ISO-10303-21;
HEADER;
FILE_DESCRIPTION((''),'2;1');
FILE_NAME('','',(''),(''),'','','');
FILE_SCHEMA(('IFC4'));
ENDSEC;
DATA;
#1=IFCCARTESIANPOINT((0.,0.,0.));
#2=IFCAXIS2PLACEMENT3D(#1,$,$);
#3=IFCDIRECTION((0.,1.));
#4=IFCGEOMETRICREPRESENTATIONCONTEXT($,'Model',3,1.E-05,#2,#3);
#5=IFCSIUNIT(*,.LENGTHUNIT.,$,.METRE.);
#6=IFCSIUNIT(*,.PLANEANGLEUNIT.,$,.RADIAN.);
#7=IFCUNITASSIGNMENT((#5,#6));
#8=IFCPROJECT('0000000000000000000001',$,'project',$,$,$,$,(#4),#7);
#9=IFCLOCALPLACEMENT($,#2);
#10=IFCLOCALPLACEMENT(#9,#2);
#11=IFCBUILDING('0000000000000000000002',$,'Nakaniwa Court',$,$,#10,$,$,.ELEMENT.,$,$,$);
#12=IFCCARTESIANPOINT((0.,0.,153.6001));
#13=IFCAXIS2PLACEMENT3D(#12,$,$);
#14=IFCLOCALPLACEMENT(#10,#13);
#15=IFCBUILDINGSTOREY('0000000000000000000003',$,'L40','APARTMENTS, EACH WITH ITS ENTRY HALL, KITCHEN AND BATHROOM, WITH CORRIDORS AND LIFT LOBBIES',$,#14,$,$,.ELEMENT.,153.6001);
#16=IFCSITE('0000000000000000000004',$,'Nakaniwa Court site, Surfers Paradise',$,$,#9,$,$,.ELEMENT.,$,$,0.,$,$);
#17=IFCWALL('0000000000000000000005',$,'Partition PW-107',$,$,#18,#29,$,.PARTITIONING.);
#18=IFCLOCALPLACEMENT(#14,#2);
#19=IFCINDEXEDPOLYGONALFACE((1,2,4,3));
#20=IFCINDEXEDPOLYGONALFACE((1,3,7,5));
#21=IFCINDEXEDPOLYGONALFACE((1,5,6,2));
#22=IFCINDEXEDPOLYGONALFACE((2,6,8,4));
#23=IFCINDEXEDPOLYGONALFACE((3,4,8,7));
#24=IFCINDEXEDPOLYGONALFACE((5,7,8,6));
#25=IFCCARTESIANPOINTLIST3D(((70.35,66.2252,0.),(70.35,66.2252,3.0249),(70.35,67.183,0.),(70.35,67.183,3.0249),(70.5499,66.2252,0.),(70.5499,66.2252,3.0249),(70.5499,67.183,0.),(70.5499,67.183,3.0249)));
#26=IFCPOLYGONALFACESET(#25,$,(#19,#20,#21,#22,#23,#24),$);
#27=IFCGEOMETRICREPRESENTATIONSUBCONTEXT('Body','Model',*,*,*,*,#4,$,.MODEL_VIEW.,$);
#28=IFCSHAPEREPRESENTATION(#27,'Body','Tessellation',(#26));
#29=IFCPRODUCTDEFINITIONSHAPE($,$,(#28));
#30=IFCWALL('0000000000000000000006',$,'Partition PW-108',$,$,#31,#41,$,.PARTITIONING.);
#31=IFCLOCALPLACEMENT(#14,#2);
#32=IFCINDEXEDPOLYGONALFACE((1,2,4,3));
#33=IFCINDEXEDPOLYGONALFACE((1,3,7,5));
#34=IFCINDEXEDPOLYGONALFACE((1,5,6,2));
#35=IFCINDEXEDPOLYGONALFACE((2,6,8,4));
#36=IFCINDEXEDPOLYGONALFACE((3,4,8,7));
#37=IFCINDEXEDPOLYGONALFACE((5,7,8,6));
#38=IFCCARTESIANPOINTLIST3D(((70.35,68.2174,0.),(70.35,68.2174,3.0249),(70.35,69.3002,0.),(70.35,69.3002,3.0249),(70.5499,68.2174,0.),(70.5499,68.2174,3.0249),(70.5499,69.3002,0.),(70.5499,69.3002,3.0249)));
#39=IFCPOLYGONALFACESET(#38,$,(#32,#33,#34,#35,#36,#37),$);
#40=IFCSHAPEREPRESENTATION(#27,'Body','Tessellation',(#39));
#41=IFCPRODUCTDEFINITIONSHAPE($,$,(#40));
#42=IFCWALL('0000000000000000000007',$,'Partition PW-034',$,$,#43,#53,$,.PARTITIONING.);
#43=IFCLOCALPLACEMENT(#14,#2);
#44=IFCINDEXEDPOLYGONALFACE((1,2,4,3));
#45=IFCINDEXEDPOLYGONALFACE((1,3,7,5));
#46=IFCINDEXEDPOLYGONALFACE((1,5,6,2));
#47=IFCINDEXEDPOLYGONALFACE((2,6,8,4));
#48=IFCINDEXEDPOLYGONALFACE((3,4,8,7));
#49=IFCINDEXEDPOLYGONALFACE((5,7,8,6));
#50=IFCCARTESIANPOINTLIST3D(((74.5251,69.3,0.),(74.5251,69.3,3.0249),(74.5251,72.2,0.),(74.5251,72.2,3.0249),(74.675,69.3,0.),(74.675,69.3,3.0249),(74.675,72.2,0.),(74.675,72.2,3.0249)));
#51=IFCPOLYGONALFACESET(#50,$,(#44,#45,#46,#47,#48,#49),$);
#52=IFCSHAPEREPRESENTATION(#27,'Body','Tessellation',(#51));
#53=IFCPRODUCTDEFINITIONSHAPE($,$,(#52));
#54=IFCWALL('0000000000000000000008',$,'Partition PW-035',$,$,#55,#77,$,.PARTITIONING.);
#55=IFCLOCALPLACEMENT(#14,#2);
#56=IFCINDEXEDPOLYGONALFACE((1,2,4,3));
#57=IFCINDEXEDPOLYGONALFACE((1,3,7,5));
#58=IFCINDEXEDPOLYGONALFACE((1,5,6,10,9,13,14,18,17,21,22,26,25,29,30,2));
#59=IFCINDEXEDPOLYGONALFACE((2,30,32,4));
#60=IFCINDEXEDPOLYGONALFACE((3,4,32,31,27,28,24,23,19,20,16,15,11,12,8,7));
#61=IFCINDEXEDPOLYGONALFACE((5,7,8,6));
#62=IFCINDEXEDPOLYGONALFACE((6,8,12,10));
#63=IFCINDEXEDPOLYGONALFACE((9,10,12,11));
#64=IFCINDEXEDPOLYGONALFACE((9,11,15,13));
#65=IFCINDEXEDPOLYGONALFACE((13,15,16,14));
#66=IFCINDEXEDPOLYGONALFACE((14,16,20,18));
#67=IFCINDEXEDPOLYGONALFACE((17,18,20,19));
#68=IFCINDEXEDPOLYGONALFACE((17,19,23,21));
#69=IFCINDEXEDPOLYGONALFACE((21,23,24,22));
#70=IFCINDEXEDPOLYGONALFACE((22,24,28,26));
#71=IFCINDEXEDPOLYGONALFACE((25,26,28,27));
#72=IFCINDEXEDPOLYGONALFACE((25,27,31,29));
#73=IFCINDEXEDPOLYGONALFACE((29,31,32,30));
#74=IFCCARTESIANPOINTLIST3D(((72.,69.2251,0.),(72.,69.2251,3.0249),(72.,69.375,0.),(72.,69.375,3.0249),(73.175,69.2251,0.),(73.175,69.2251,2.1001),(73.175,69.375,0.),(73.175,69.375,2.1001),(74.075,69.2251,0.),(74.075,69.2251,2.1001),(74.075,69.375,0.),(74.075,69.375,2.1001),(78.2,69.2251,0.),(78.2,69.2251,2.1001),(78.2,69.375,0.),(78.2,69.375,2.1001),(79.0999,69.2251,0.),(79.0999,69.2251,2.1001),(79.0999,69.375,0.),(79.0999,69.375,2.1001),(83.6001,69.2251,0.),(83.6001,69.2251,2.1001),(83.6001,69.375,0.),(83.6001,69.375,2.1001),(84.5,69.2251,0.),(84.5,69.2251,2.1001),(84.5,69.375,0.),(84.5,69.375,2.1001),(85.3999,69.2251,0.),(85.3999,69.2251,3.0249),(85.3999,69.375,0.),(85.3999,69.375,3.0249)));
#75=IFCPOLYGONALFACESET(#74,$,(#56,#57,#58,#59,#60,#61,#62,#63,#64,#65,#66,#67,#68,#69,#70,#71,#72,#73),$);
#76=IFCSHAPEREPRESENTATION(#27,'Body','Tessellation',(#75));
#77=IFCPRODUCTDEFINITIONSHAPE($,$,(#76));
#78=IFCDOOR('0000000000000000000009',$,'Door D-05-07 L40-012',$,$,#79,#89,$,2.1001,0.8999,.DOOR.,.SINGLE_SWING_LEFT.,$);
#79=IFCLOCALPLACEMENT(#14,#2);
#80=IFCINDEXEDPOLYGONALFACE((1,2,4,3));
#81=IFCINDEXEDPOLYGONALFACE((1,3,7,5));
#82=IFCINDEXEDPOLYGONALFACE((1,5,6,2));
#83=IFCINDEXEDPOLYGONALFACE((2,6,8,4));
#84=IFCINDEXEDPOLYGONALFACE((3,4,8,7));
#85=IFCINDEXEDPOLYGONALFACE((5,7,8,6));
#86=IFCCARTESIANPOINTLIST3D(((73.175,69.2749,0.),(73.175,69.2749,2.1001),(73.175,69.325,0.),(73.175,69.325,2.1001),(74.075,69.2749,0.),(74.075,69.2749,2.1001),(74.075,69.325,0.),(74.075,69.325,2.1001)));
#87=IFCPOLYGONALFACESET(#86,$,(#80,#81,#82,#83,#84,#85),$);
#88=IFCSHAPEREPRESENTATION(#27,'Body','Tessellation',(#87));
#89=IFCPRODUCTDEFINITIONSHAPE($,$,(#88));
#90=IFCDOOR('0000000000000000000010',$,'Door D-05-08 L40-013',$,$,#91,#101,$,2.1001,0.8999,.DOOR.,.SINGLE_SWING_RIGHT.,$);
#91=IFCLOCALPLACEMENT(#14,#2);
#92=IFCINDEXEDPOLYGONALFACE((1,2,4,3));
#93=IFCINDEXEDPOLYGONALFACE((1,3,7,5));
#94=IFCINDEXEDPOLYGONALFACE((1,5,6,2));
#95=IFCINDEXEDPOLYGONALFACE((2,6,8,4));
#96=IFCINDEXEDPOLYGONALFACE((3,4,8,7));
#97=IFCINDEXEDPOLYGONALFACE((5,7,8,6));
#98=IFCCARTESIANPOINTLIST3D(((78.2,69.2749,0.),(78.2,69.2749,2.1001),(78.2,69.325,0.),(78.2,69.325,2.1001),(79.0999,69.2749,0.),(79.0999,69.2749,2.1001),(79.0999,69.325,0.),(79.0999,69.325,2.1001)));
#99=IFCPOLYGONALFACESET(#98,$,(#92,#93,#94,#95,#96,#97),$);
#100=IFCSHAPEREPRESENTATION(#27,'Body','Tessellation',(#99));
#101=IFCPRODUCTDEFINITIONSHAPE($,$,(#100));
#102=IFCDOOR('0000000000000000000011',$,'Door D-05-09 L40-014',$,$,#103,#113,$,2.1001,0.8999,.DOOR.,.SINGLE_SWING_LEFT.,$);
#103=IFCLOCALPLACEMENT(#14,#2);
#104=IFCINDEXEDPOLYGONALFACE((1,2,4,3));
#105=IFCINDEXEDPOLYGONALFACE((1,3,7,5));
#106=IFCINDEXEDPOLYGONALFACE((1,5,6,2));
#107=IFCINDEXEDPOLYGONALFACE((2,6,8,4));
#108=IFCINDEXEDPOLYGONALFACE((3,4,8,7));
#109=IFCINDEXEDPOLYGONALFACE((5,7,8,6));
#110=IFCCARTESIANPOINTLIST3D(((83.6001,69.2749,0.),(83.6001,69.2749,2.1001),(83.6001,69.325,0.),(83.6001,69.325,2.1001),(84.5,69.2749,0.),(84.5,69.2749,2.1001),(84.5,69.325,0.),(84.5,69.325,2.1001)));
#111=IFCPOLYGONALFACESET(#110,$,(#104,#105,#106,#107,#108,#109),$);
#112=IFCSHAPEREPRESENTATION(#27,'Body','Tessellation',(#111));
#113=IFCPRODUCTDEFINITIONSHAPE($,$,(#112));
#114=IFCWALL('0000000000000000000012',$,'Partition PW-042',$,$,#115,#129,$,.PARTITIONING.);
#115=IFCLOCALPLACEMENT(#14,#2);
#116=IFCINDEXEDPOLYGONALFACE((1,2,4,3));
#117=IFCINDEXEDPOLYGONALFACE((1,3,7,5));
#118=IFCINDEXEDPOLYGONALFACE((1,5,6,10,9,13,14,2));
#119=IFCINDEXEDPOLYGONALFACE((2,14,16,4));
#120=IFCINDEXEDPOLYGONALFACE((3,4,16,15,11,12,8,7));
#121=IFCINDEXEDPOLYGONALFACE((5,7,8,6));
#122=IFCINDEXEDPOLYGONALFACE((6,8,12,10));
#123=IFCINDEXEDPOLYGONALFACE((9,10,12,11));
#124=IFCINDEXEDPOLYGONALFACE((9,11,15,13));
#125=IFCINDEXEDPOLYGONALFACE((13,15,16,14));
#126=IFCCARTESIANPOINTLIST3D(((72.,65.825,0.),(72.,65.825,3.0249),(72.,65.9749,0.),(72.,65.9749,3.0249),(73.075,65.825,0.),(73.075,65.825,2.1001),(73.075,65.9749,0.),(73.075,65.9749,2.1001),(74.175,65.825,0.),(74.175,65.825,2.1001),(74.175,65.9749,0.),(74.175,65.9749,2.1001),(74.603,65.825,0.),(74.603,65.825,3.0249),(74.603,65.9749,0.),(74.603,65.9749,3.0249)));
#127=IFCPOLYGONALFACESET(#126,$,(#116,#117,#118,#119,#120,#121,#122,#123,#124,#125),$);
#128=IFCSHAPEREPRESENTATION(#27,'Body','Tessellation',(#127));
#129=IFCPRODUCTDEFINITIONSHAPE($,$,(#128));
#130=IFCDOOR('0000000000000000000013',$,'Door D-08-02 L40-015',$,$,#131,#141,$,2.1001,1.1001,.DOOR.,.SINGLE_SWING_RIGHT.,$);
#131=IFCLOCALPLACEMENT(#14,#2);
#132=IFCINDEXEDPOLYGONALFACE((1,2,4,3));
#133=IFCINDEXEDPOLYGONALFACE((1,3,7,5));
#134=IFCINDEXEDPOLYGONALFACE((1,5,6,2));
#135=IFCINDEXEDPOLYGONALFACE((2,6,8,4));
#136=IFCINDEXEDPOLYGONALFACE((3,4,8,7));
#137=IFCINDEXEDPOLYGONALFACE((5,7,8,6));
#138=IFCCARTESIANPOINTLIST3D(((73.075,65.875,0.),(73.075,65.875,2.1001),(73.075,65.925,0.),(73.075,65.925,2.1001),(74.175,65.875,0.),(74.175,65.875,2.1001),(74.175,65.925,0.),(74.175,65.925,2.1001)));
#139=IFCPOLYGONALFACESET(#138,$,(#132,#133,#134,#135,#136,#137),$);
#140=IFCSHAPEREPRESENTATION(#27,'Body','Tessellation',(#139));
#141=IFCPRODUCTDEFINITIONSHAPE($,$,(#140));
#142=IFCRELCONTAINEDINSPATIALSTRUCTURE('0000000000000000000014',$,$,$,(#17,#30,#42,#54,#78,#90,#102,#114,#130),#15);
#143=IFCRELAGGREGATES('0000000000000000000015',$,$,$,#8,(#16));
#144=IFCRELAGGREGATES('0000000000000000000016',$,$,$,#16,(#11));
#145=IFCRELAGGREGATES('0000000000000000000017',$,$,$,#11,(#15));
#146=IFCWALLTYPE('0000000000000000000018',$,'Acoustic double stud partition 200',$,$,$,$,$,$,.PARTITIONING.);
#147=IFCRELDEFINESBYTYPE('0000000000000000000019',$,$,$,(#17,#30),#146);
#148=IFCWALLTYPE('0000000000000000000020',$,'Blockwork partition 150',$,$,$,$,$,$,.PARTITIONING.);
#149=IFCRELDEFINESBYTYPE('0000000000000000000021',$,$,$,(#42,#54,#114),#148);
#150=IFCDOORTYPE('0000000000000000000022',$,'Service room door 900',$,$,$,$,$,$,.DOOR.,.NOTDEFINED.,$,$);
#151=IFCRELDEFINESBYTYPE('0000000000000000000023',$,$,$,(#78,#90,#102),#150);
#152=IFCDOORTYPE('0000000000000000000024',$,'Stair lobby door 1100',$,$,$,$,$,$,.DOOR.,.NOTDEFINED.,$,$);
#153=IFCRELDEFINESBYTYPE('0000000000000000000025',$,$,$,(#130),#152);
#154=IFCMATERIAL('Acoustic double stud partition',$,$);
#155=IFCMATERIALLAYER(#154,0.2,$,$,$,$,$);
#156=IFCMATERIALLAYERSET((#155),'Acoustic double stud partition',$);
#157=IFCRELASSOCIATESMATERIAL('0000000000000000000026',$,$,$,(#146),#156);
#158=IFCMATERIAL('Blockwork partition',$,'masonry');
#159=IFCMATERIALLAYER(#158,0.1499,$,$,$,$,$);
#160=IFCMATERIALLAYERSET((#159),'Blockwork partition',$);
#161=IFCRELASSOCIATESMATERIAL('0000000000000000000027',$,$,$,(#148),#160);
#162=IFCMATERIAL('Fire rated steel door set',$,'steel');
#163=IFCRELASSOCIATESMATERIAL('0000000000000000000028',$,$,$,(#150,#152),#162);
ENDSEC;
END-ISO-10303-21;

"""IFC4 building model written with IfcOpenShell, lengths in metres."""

from ifc_helpers import new_model, si_unit, direction, frame, frame_2d, origin, place, context, subcontext, project, spatial, rectangle, extrude, material, layer, layer_set, type_object, element, fill, save


model = new_model("IFC4")

# Units and contexts
model_context = context("Model", 3, precision=1e-05, world=origin(), true_north=direction((0.0, 1.0)))
body_context = subcontext(model_context, "Body", "Model", "MODEL_VIEW")
ifc_project = project(units=[si_unit("LENGTHUNIT", "METRE"), si_unit("PLANEANGLEUNIT", "RADIAN")], contexts=[model_context])

# Site, building, storey
site_placement = place(None, origin())
site = spatial("IfcSite", under=ifc_project, at=site_placement, Name="Nakaniwa Court site, Surfers Paradise", CompositionType="ELEMENT", RefElevation=0.0)
building_placement = place(site_placement, origin())
building = spatial("IfcBuilding", under=site, at=building_placement, Name="Nakaniwa Court", CompositionType="ELEMENT")
storey_placement = place(building_placement, frame((0.0, 0.0, 153.6001)))
storey = spatial("IfcBuildingStorey", under=building, at=storey_placement, Name="L40", Description="APARTMENTS, EACH WITH ITS ENTRY HALL, KITCHEN AND BATHROOM, WITH CORRIDORS AND LIFT LOBBIES", CompositionType="ELEMENT", Elevation=153.6001)

# Walls
ifc_material_1 = material(Name="Acoustic double stud partition")
ifc_layer_1 = layer(ifc_material_1, 0.2)
ifc_layer_set_1 = layer_set([ifc_layer_1], Name="Acoustic double stud partition")
wall_type_1 = type_object("IfcWallType", Name="Acoustic double stud partition 200", PredefinedType="PARTITIONING", material=ifc_layer_set_1)
wall_1_placement = place(storey_placement, frame((70.45, 66.2251, 0.0), z_axis=(0.0, 0.0, 1.0), x_axis=(0.0, 1.0, 0.0)))
element("IfcWall", 1, at=wall_1_placement, inside=storey, type_object=wall_type_1, Name="Partition PW-107", PredefinedType="PARTITIONING", context=body_context, shape_type="SweptSolid", body=[
    extrude(rectangle(XDim=0.9578, YDim=0.2, at=frame_2d((0.479, 0.0))), origin(), (0.0, 0.0, 1.0), 3.0249),
])
wall_2_placement = place(storey_placement, frame((70.45, 68.2173, 0.0), z_axis=(0.0, 0.0, 1.0), x_axis=(0.0, 1.0, 0.0)))
element("IfcWall", 2, at=wall_2_placement, inside=storey, type_object=wall_type_1, Name="Partition PW-108", PredefinedType="PARTITIONING", context=body_context, shape_type="SweptSolid", body=[
    extrude(rectangle(XDim=1.0828, YDim=0.2, at=frame_2d((0.5415, 0.0))), origin(), (0.0, 0.0, 1.0), 3.0249),
])
ifc_material_2 = material(Name="Blockwork partition", Category="masonry")
ifc_layer_2 = layer(ifc_material_2, 0.1499)
ifc_layer_set_2 = layer_set([ifc_layer_2], Name="Blockwork partition")
wall_type_2 = type_object("IfcWallType", Name="Blockwork partition 150", PredefinedType="PARTITIONING", material=ifc_layer_set_2)
wall_3_placement = place(storey_placement, frame((74.6001, 69.3, 0.0), z_axis=(0.0, 0.0, 1.0), x_axis=(0.0, 1.0, 0.0)))
element("IfcWall", 3, at=wall_3_placement, inside=storey, type_object=wall_type_2, Name="Partition PW-034", PredefinedType="PARTITIONING", context=body_context, shape_type="SweptSolid", body=[
    extrude(rectangle(XDim=2.8999, YDim=0.1499, at=frame_2d((1.45, 0.0))), origin(), (0.0, 0.0, 1.0), 3.0249),
])

# Wall, openings, doors
wall_4_placement = place(storey_placement, frame((72.0, 69.3, 0.0), z_axis=(0.0, 0.0, 1.0), x_axis=(1.0, 0.0, 0.0)))
wall_4 = element("IfcWall", 4, at=wall_4_placement, inside=storey, type_object=wall_type_2, Name="Partition PW-035", PredefinedType="PARTITIONING", context=body_context, shape_type="SweptSolid", body=[
    extrude(rectangle(XDim=13.3999, YDim=0.1499, at=frame_2d((6.7, 0.0))), origin(), (0.0, 0.0, 1.0), 3.0249),
])
opening_1_placement = place(wall_4_placement, frame((1.175, 0.0, 0.0)))
opening_1 = element("IfcOpeningElement", 5, at=opening_1_placement, cuts=wall_4, PredefinedType="OPENING", context=body_context, shape_type="SweptSolid", body=[
    extrude(rectangle(XDim=0.8999, YDim=2.1001, at=frame_2d((0.45, 1.05))), frame((0.0, 0.085, 0.0), z_axis=(0.0, -1.0, 0.0), x_axis=(1.0, 0.0, 0.0)), (0.0, 0.0, 1.0), 0.1699),
])
opening_2_placement = place(wall_4_placement, frame((6.2, 0.0, 0.0)))
opening_2 = element("IfcOpeningElement", 6, at=opening_2_placement, cuts=wall_4, PredefinedType="OPENING", context=body_context, shape_type="SweptSolid", body=[
    extrude(rectangle(XDim=0.8999, YDim=2.1001, at=frame_2d((0.45, 1.05))), frame((0.0, 0.085, 0.0), z_axis=(0.0, -1.0, 0.0), x_axis=(1.0, 0.0, 0.0)), (0.0, 0.0, 1.0), 0.1699),
])
opening_3_placement = place(wall_4_placement, frame((11.6001, 0.0, 0.0)))
opening_3 = element("IfcOpeningElement", 7, at=opening_3_placement, cuts=wall_4, PredefinedType="OPENING", context=body_context, shape_type="SweptSolid", body=[
    extrude(rectangle(XDim=0.8999, YDim=2.1001, at=frame_2d((0.45, 1.05))), frame((0.0, 0.085, 0.0), z_axis=(0.0, -1.0, 0.0), x_axis=(1.0, 0.0, 0.0)), (0.0, 0.0, 1.0), 0.1699),
])
ifc_material_3 = material(Name="Fire rated steel door set", Category="steel")
door_type_1 = type_object("IfcDoorType", Name="Service room door 900", OperationType="NOTDEFINED", PredefinedType="DOOR", material=ifc_material_3)
door_1_placement = place(opening_1_placement, origin())
door_1 = element("IfcDoor", 8, at=door_1_placement, inside=storey, type_object=door_type_1, Name="Door D-05-07 L40-012", OperationType="SINGLE_SWING_LEFT", OverallHeight=2.1001, OverallWidth=0.8999, PredefinedType="DOOR", context=body_context, shape_type="SweptSolid", body=[
    extrude(rectangle(XDim=0.8999, YDim=2.1001, at=frame_2d((0.45, 1.05))), frame((0.0, 0.0249, 0.0), z_axis=(0.0, -1.0, 0.0), x_axis=(1.0, 0.0, 0.0)), (0.0, 0.0, 1.0), 0.05),
])
fill(opening_1, door_1)
door_2_placement = place(opening_2_placement, origin())
door_2 = element("IfcDoor", 9, at=door_2_placement, inside=storey, type_object=door_type_1, Name="Door D-05-08 L40-013", OperationType="SINGLE_SWING_RIGHT", OverallHeight=2.1001, OverallWidth=0.8999, PredefinedType="DOOR", context=body_context, shape_type="SweptSolid", body=[
    extrude(rectangle(XDim=0.8999, YDim=2.1001, at=frame_2d((0.45, 1.05))), frame((0.0, 0.0249, 0.0), z_axis=(0.0, -1.0, 0.0), x_axis=(1.0, 0.0, 0.0)), (0.0, 0.0, 1.0), 0.05),
])
fill(opening_2, door_2)
door_3_placement = place(opening_3_placement, origin())
door_3 = element("IfcDoor", 10, at=door_3_placement, inside=storey, type_object=door_type_1, Name="Door D-05-09 L40-014", OperationType="SINGLE_SWING_LEFT", OverallHeight=2.1001, OverallWidth=0.8999, PredefinedType="DOOR", context=body_context, shape_type="SweptSolid", body=[
    extrude(rectangle(XDim=0.8999, YDim=2.1001, at=frame_2d((0.45, 1.05))), frame((0.0, 0.0249, 0.0), z_axis=(0.0, -1.0, 0.0), x_axis=(1.0, 0.0, 0.0)), (0.0, 0.0, 1.0), 0.05),
])
fill(opening_3, door_3)

# Wall, opening, door
wall_5_placement = place(storey_placement, frame((74.603, 65.8999, 0.0), z_axis=(0.0, 0.0, 1.0), x_axis=(-1.0, 0.0, 0.0)))
wall_5 = element("IfcWall", 11, at=wall_5_placement, inside=storey, type_object=wall_type_2, Name="Partition PW-042", PredefinedType="PARTITIONING", context=body_context, shape_type="SweptSolid", body=[
    extrude(rectangle(XDim=2.603, YDim=0.1499, at=frame_2d((1.3015, 0.0))), origin(), (0.0, 0.0, 1.0), 3.0249),
])
opening_4_placement = place(wall_5_placement, frame((0.428, 0.0, 0.0)))
opening_4 = element("IfcOpeningElement", 12, at=opening_4_placement, cuts=wall_5, PredefinedType="OPENING", context=body_context, shape_type="SweptSolid", body=[
    extrude(rectangle(XDim=1.1001, YDim=2.1001, at=frame_2d((0.55, 1.05))), frame((0.0, 0.085, 0.0), z_axis=(0.0, -1.0, 0.0), x_axis=(1.0, 0.0, 0.0)), (0.0, 0.0, 1.0), 0.1699),
])
door_type_2 = type_object("IfcDoorType", Name="Stair lobby door 1100", OperationType="NOTDEFINED", PredefinedType="DOOR", material=ifc_material_3)
door_4_placement = place(opening_4_placement, origin())
door_4 = element("IfcDoor", 13, at=door_4_placement, inside=storey, type_object=door_type_2, Name="Door D-08-02 L40-015", OperationType="SINGLE_SWING_RIGHT", OverallHeight=2.1001, OverallWidth=1.1001, PredefinedType="DOOR", context=body_context, shape_type="SweptSolid", body=[
    extrude(rectangle(XDim=1.1001, YDim=2.1001, at=frame_2d((0.55, 1.05))), frame((0.0, 0.0249, 0.0), z_axis=(0.0, -1.0, 0.0), x_axis=(1.0, 0.0, 0.0)), (0.0, 0.0, 1.0), 0.05),
])
fill(opening_4, door_4)

save(model, "model.ifc")
